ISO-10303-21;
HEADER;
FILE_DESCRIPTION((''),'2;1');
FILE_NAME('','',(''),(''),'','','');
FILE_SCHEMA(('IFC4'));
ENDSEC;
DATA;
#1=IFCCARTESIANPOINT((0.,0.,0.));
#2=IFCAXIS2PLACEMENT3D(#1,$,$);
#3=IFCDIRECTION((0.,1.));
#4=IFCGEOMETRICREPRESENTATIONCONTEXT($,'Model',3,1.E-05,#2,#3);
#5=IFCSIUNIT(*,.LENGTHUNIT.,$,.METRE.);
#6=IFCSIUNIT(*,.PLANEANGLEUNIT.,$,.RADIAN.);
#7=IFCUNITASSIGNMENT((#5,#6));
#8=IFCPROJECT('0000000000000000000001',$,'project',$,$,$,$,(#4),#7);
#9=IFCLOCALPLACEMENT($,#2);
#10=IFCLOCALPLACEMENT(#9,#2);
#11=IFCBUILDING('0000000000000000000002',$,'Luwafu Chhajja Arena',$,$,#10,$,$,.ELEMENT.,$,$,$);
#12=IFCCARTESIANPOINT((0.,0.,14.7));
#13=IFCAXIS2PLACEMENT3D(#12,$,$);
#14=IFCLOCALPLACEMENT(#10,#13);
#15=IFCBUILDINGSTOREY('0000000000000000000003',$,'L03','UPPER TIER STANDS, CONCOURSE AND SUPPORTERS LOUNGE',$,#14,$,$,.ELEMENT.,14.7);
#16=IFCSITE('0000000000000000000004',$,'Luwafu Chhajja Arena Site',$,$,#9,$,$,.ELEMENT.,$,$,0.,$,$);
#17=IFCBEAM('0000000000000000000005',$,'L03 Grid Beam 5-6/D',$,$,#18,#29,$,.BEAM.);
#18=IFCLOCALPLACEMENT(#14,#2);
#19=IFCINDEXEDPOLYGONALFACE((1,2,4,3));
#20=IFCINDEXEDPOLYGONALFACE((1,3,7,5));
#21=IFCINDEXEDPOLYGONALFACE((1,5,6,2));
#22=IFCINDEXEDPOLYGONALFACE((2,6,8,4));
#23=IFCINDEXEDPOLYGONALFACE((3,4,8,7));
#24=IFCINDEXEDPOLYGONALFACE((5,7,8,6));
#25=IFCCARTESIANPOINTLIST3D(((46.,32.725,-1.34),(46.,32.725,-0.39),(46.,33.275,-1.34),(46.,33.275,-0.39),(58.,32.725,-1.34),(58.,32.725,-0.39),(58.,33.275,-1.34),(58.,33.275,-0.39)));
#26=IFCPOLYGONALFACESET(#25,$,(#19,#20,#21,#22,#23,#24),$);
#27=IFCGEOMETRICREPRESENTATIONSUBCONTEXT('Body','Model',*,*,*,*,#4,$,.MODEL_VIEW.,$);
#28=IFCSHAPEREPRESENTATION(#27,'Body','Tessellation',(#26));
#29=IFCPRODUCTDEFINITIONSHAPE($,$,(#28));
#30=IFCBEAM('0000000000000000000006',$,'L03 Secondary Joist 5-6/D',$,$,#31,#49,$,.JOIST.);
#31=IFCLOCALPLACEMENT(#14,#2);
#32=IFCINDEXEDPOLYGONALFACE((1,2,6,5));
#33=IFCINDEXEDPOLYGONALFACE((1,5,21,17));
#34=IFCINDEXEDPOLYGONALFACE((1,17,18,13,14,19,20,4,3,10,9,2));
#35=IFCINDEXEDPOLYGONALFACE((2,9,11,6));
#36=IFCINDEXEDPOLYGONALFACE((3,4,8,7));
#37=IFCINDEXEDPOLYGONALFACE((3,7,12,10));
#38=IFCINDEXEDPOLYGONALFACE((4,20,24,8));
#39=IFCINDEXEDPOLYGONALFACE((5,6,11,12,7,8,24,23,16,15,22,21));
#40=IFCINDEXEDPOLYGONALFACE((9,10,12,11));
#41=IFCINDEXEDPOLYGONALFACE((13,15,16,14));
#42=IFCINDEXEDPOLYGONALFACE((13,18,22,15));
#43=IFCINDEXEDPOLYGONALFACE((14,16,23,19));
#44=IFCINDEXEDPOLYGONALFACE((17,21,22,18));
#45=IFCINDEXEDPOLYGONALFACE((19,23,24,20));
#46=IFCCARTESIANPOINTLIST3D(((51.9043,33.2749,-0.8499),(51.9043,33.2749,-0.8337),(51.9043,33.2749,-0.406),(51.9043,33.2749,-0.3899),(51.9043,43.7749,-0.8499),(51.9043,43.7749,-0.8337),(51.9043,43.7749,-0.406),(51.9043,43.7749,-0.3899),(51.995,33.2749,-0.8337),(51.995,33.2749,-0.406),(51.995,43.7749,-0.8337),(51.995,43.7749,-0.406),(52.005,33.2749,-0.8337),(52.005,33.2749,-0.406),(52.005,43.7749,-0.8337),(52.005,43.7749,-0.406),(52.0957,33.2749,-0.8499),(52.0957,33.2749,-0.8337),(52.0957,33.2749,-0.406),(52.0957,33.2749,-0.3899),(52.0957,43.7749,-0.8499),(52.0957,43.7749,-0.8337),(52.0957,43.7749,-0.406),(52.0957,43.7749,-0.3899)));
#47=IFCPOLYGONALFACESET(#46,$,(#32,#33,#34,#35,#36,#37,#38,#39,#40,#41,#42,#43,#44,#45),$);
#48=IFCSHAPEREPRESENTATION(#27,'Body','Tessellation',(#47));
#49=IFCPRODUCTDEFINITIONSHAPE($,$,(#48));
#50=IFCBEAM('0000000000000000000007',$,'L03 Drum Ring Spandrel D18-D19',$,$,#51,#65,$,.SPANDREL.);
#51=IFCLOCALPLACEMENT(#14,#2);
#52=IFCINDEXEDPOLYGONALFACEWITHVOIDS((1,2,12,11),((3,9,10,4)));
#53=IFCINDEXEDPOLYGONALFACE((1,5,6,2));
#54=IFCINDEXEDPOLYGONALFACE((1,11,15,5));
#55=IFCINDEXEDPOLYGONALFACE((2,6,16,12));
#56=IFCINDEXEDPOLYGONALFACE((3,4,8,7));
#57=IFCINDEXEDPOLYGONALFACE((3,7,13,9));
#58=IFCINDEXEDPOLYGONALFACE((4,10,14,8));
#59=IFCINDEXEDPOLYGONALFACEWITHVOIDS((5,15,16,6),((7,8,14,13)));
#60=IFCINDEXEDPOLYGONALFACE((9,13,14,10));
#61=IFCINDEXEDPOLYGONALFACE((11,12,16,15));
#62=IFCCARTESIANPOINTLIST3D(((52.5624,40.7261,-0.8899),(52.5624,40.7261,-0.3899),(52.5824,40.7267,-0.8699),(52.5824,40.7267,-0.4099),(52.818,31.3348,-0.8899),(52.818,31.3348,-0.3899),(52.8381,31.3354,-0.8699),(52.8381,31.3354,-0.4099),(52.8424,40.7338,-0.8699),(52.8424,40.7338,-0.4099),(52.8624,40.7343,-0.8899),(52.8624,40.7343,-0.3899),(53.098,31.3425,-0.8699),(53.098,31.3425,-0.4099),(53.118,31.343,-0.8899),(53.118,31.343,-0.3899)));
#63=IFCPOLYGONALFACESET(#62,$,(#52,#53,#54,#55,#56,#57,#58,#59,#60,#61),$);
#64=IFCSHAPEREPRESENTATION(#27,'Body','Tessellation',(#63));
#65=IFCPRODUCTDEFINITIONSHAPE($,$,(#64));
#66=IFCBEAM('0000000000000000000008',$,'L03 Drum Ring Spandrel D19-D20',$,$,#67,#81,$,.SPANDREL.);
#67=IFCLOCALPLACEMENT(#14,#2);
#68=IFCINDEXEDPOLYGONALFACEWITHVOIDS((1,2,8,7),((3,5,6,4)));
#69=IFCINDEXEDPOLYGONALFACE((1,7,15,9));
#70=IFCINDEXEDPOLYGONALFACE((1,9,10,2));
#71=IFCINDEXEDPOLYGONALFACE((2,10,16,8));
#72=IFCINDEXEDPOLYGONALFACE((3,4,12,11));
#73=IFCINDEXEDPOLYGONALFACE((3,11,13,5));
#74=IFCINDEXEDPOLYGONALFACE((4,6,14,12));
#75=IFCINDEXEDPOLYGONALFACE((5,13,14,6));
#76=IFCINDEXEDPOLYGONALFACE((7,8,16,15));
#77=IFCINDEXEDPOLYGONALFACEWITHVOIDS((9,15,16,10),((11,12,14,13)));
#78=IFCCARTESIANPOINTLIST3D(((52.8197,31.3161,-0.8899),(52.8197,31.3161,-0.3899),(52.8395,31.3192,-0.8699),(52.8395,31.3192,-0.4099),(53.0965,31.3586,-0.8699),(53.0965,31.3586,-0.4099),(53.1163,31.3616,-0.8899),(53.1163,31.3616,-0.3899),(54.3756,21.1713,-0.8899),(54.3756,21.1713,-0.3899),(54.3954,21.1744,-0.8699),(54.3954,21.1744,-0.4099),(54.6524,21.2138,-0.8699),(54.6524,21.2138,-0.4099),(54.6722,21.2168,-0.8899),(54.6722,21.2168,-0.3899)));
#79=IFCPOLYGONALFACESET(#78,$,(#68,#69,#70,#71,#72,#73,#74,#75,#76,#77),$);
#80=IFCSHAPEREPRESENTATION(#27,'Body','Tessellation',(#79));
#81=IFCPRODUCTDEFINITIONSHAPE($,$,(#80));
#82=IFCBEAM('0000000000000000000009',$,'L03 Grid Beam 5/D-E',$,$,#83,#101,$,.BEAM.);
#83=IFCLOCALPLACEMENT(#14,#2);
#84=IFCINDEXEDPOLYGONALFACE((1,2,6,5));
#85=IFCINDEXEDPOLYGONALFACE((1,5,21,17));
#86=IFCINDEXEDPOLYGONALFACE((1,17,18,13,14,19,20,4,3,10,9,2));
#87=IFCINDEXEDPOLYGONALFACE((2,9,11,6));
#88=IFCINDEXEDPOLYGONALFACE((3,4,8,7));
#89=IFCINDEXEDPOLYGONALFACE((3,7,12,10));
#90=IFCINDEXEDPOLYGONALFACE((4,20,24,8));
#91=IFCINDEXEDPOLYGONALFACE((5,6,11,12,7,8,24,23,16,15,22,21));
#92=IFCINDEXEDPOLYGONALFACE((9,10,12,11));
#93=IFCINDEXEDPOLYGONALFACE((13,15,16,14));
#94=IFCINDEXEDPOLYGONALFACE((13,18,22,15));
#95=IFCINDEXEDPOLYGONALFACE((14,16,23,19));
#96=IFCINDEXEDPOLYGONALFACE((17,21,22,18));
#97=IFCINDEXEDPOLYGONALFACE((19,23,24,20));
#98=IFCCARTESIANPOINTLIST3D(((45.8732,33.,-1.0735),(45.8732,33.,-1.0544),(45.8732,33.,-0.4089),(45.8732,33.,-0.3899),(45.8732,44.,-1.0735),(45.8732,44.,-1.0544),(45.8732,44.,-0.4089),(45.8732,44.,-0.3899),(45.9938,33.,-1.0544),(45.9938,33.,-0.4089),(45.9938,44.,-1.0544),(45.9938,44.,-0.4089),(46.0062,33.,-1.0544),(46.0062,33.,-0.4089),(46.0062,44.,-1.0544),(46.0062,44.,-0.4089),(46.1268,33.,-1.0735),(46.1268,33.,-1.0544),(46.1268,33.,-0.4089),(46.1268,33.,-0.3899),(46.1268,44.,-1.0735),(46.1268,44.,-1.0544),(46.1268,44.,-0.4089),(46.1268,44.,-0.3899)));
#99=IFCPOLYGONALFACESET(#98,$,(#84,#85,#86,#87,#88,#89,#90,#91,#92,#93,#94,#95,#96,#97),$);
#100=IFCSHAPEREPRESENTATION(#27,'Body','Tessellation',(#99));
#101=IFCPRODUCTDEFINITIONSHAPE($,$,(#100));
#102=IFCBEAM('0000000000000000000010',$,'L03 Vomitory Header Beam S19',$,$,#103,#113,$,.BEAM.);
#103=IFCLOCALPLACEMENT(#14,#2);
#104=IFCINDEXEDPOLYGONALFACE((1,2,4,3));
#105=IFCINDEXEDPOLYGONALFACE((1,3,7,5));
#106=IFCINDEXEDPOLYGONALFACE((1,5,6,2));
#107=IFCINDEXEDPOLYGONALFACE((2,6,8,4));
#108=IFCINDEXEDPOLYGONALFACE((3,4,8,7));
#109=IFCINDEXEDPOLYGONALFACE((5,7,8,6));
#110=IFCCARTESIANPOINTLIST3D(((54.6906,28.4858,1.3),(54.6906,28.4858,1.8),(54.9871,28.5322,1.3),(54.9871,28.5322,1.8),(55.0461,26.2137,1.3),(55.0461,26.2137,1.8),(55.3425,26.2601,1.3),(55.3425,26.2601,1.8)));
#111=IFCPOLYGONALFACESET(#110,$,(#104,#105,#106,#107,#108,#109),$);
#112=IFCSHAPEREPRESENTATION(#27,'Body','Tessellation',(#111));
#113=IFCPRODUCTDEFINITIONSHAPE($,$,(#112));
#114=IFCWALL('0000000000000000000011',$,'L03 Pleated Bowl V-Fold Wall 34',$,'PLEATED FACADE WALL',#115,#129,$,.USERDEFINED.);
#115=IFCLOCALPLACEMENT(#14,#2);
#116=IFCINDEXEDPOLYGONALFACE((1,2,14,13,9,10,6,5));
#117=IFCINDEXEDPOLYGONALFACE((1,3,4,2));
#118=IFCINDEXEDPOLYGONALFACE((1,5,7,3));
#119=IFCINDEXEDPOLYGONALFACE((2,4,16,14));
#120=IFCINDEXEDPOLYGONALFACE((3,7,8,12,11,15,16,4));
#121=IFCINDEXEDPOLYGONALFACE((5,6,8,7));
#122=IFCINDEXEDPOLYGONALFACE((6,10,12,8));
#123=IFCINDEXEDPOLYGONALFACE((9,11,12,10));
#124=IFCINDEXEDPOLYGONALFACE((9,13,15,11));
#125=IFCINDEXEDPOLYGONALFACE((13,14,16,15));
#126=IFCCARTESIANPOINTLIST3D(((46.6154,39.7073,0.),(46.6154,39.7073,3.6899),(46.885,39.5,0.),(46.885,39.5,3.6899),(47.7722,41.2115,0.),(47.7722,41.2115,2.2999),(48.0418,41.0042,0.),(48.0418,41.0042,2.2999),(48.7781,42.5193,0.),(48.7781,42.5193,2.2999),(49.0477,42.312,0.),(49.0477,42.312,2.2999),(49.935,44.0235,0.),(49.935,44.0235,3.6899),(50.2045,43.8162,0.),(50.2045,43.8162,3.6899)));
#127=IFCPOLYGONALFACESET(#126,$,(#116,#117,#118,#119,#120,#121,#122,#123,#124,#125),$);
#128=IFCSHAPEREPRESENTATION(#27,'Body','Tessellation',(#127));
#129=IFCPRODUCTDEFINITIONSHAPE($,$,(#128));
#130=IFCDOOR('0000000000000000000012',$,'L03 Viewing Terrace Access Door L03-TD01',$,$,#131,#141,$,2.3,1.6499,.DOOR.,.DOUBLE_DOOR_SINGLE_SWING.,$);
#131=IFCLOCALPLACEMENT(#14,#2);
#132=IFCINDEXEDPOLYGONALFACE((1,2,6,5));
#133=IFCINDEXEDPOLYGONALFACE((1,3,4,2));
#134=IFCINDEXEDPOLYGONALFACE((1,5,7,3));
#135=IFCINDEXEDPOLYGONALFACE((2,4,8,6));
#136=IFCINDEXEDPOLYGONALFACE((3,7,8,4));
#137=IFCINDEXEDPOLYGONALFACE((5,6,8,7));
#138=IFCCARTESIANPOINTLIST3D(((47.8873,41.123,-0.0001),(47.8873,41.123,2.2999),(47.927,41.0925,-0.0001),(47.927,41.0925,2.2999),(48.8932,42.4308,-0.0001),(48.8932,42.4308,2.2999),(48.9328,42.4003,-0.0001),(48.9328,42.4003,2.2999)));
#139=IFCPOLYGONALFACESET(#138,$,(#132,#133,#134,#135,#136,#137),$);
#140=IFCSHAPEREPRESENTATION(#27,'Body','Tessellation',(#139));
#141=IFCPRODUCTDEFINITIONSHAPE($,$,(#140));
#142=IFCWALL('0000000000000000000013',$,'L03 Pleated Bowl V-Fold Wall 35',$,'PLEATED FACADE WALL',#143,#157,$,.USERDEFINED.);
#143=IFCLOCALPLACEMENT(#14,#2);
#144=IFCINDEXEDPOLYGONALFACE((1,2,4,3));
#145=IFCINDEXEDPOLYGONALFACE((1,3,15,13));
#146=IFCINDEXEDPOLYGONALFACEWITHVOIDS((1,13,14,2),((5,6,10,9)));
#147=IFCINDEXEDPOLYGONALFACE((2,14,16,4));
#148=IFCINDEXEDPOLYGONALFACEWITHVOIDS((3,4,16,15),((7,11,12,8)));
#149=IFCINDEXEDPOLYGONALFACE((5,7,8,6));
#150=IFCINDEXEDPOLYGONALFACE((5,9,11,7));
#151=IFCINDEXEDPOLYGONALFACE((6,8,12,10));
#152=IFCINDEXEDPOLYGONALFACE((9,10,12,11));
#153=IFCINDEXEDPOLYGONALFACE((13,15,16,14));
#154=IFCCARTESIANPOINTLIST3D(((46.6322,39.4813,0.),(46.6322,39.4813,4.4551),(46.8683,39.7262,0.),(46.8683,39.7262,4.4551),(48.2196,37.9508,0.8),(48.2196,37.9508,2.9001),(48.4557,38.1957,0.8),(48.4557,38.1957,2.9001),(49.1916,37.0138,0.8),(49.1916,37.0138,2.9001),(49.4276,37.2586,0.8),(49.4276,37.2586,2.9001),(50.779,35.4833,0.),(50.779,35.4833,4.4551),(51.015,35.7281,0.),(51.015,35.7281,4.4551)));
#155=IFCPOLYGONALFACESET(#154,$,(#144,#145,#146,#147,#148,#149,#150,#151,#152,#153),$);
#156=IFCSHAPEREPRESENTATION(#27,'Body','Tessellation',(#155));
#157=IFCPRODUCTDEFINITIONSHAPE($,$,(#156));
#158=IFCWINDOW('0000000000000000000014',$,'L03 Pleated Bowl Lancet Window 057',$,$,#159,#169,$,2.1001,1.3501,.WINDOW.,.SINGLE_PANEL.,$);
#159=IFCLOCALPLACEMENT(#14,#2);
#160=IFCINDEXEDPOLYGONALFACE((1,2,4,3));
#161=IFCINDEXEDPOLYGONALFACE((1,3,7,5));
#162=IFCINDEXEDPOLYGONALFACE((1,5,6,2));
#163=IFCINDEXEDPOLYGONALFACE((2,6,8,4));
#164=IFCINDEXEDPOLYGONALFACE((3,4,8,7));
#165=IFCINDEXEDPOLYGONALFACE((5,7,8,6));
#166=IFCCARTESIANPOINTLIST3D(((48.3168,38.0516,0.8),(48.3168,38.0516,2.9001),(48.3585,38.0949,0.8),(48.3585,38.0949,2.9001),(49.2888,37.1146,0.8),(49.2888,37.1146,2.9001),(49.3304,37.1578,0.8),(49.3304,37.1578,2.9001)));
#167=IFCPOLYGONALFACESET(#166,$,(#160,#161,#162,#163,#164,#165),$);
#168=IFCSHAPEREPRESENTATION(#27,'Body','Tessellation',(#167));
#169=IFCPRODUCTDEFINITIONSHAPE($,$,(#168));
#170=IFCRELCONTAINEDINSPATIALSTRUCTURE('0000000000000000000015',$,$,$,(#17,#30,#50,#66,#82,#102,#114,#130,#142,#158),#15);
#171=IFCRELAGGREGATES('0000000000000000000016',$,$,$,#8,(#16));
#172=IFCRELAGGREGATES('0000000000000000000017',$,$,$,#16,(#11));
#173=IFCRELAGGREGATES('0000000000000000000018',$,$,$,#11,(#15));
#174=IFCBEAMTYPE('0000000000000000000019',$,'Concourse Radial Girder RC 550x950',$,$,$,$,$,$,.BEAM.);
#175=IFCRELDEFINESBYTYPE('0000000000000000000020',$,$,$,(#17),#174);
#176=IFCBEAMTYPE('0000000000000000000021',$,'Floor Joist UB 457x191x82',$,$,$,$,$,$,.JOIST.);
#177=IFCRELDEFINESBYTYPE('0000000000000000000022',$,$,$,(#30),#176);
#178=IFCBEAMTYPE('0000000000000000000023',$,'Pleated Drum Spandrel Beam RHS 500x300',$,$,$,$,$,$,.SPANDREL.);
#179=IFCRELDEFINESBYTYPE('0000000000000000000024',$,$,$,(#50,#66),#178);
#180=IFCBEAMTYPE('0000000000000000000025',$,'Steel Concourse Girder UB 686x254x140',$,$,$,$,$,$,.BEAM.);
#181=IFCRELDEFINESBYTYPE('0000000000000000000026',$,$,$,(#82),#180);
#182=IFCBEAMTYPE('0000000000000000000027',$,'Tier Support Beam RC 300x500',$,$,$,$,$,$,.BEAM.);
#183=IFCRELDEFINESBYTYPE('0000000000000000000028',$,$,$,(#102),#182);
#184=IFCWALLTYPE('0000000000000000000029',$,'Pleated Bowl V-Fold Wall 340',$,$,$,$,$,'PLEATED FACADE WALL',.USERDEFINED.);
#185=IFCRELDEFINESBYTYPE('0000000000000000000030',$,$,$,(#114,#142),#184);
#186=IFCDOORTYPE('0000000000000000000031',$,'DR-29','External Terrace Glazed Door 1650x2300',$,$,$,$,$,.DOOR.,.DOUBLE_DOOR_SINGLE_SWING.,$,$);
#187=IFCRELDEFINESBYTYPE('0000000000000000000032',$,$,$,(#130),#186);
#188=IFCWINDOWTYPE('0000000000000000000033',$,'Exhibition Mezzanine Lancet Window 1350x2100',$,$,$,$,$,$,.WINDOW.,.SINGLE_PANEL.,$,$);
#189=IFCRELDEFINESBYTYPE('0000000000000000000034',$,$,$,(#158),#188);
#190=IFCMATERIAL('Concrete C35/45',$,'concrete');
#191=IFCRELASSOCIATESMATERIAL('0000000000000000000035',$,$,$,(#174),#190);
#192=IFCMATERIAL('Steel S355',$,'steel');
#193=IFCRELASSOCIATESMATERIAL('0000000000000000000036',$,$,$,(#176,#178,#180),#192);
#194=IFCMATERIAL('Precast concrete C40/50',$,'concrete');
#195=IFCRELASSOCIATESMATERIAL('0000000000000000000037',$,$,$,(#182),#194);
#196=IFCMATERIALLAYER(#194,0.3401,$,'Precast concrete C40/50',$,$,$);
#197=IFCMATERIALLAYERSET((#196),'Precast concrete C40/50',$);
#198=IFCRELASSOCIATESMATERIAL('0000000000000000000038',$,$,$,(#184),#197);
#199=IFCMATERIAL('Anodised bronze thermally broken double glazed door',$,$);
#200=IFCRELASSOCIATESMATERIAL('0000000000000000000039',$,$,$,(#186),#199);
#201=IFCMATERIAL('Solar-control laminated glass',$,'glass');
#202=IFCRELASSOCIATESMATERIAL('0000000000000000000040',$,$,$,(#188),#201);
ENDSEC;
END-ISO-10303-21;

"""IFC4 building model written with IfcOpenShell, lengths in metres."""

from ifc_helpers import new_model, si_unit, direction, frame, frame_2d, origin, origin_2d, place, context, subcontext, project, spatial, rectangle, hollow_rectangle, i_section, extrude, material, layer, layer_set, material_profile, profile_set, type_object, element, fill, save


model = new_model("IFC4")

# Units and contexts
model_context = context("Model", 3, precision=1e-05, world=origin(), true_north=direction((0.0, 1.0)))
body_context = subcontext(model_context, "Body", "Model", "MODEL_VIEW")
ifc_project = project(units=[si_unit("LENGTHUNIT", "METRE"), si_unit("PLANEANGLEUNIT", "RADIAN")], contexts=[model_context])

# Site, building, storey
site_placement = place(None, origin())
site = spatial("IfcSite", under=ifc_project, at=site_placement, Name="Luwafu Chhajja Arena Site", CompositionType="ELEMENT", RefElevation=0.0)
building_placement = place(site_placement, origin())
building = spatial("IfcBuilding", under=site, at=building_placement, Name="Luwafu Chhajja Arena", CompositionType="ELEMENT")
storey_placement = place(building_placement, frame((0.0, 0.0, 14.7)))
storey = spatial("IfcBuildingStorey", under=building, at=storey_placement, Name="L03", Description="UPPER TIER STANDS, CONCOURSE AND SUPPORTERS LOUNGE", CompositionType="ELEMENT", Elevation=14.7)

# Shared definitions
ifc_material_1 = material(Name="Concrete C35/45", Category="concrete")
ifc_material_2 = material(Name="Steel S355", Category="steel")

# Beams
ifc_material_profile_1 = material_profile(ifc_material_1, rectangle(XDim=0.55, YDim=0.95, at=origin_2d()), Name="RC 550x950")
ifc_profile_set_1 = profile_set([ifc_material_profile_1], Name="Concrete C35/45")
beam_type_1 = type_object("IfcBeamType", Name="Concourse Radial Girder RC 550x950", PredefinedType="BEAM", material=ifc_profile_set_1)
beam_1_placement = place(storey_placement, frame((46.0, 33.0, -0.865), z_axis=(1.0, 0.0, 0.0), x_axis=(0.0, 1.0, 0.0)))
element("IfcBeam", 1, at=beam_1_placement, inside=storey, type_object=beam_type_1, Name="L03 Grid Beam 5-6/D", PredefinedType="BEAM", context=body_context, shape_type="SweptSolid", body=[
    extrude(rectangle(XDim=0.55, YDim=0.95, at=origin_2d()), origin(), (0.0, 0.0, 1.0), 12.0),
])
ifc_material_profile_2 = material_profile(ifc_material_2, i_section(OverallWidth=0.1914, OverallDepth=0.46, WebThickness=0.01, FlangeThickness=0.0161, at=origin_2d()), Name="UB 457x191x82")
ifc_profile_set_2 = profile_set([ifc_material_profile_2], Name="Steel S355")
beam_type_2 = type_object("IfcBeamType", Name="Floor Joist UB 457x191x82", PredefinedType="JOIST", material=ifc_profile_set_2)
beam_2_placement = place(storey_placement, frame((52.0, 33.2749, -0.6199), z_axis=(0.0, 1.0, 0.0), x_axis=(-1.0, 0.0, 0.0)))
element("IfcBeam", 2, at=beam_2_placement, inside=storey, type_object=beam_type_2, Name="L03 Secondary Joist 5-6/D", PredefinedType="JOIST", context=body_context, shape_type="SweptSolid", body=[
    extrude(i_section(OverallWidth=0.1914, OverallDepth=0.46, WebThickness=0.01, FlangeThickness=0.0161, at=origin_2d()), origin(), (0.0, 0.0, 1.0), 10.5),
])
ifc_material_profile_3 = material_profile(ifc_material_2, hollow_rectangle(XDim=0.3, YDim=0.5, WallThickness=0.02, at=origin_2d()), Name="RHS 500x300x20")
ifc_profile_set_3 = profile_set([ifc_material_profile_3], Name="Steel S355")
beam_type_3 = type_object("IfcBeamType", Name="Pleated Drum Spandrel Beam RHS 500x300", PredefinedType="SPANDREL", material=ifc_profile_set_3)
beam_3_placement = place(storey_placement, frame((52.7124, 40.7302, -0.6399), z_axis=(0.027208, -0.99963, 0.0), x_axis=(0.99963, 0.027208, 0.0)))
element("IfcBeam", 3, at=beam_3_placement, inside=storey, type_object=beam_type_3, Name="L03 Drum Ring Spandrel D18-D19", PredefinedType="SPANDREL", context=body_context, shape_type="SweptSolid", body=[
    extrude(hollow_rectangle(XDim=0.3, YDim=0.5, WallThickness=0.02, at=origin_2d()), origin(), (0.0, 0.0, 1.0), 9.3948),
])
beam_4_placement = place(storey_placement, frame((52.968, 31.3389, -0.6399), z_axis=(0.151598, -0.988442, 0.0), x_axis=(0.988442, 0.151598, 0.0)))
element("IfcBeam", 4, at=beam_4_placement, inside=storey, type_object=beam_type_3, Name="L03 Drum Ring Spandrel D19-D20", PredefinedType="SPANDREL", context=body_context, shape_type="SweptSolid", body=[
    extrude(hollow_rectangle(XDim=0.3, YDim=0.5, WallThickness=0.02, at=origin_2d()), origin(), (0.0, 0.0, 1.0), 10.2634),
])
ifc_material_profile_4 = material_profile(ifc_material_2, i_section(OverallWidth=0.2537, OverallDepth=0.6836, WebThickness=0.0125, FlangeThickness=0.019, at=origin_2d()), Name="UB 686x254x140")
ifc_profile_set_4 = profile_set([ifc_material_profile_4], Name="Steel S355")
beam_type_4 = type_object("IfcBeamType", Name="Steel Concourse Girder UB 686x254x140", PredefinedType="BEAM", material=ifc_profile_set_4)
beam_5_placement = place(storey_placement, frame((46.0, 33.0, -0.7317), z_axis=(0.0, 1.0, 0.0), x_axis=(-1.0, 0.0, 0.0)))
element("IfcBeam", 5, at=beam_5_placement, inside=storey, type_object=beam_type_4, Name="L03 Grid Beam 5/D-E", PredefinedType="BEAM", context=body_context, shape_type="SweptSolid", body=[
    extrude(i_section(OverallWidth=0.2537, OverallDepth=0.6836, WebThickness=0.0125, FlangeThickness=0.019, at=origin_2d()), origin(), (0.0, 0.0, 1.0), 11.0),
])
ifc_material_3 = material(Name="Precast concrete C40/50", Category="concrete")
ifc_material_profile_5 = material_profile(ifc_material_3, rectangle(XDim=0.3, YDim=0.5, at=origin_2d()), Name="RC 300x500")
ifc_profile_set_5 = profile_set([ifc_material_profile_5], Name="Precast concrete C40/50")
beam_type_5 = type_object("IfcBeamType", Name="Tier Support Beam RC 300x500", PredefinedType="BEAM", material=ifc_profile_set_5)
beam_6_placement = place(storey_placement, frame((54.8389, 28.509, 1.55), z_axis=(0.154561, -0.987983, 0.0), x_axis=(0.987983, 0.154561, 0.0)))
element("IfcBeam", 6, at=beam_6_placement, inside=storey, type_object=beam_type_5, Name="L03 Vomitory Header Beam S19", PredefinedType="BEAM", context=body_context, shape_type="SweptSolid", body=[
    extrude(rectangle(XDim=0.3, YDim=0.5, at=origin_2d()), origin(), (0.0, 0.0, 1.0), 2.2998),
])

# Wall, opening, door
ifc_layer_1 = layer(ifc_material_3, 0.3401, Name="Precast concrete C40/50")
ifc_layer_set_1 = layer_set([ifc_layer_1], Name="Precast concrete C40/50")
wall_type = type_object("IfcWallType", Name="Pleated Bowl V-Fold Wall 340", ElementType="PLEATED FACADE WALL", PredefinedType="USERDEFINED", material=ifc_layer_set_1)
wall_1_placement = place(storey_placement, frame((50.0698, 43.9199, 0.0), z_axis=(0.0, 0.0, 1.0), x_axis=(-0.609648, -0.792672, 0.0)))
wall_1 = element("IfcWall", 7, at=wall_1_placement, inside=storey, type_object=wall_type, Name="L03 Pleated Bowl V-Fold Wall 34", ObjectType="PLEATED FACADE WALL", PredefinedType="USERDEFINED", context=body_context, shape_type="SweptSolid", body=[
    extrude(rectangle(XDim=5.4451, YDim=0.3401, at=frame_2d((2.7227, 0.0))), origin(), (0.0, 0.0, 1.0), 3.6899),
])
opening_1_placement = place(wall_1_placement, frame((1.8977, 0.0, 0.0)))
opening_1 = element("IfcOpeningElement", 8, at=opening_1_placement, cuts=wall_1, PredefinedType="OPENING", context=body_context, shape_type="SweptSolid", body=[
    extrude(rectangle(XDim=1.6499, YDim=2.3, at=frame_2d((0.825, 1.1499))), frame((0.0, 0.1799, 0.0), z_axis=(0.0, -1.0, 0.0), x_axis=(1.0, 0.0, 0.0)), (0.0, 0.0, 1.0), 0.3601),
])
ifc_material_4 = material(Name="Anodised bronze thermally broken double glazed door")
door_type = type_object("IfcDoorType", Name="DR-29", Description="External Terrace Glazed Door 1650x2300", OperationType="DOUBLE_DOOR_SINGLE_SWING", PredefinedType="DOOR", material=ifc_material_4)
door_placement = place(opening_1_placement, frame((1.6499, 0.0, 0.0), z_axis=(0.0, 0.0, 1.0), x_axis=(-1.0, 0.0, 0.0)))
door = element("IfcDoor", 9, at=door_placement, inside=storey, type_object=door_type, Name="L03 Viewing Terrace Access Door L03-TD01", OperationType="DOUBLE_DOOR_SINGLE_SWING", OverallHeight=2.3, OverallWidth=1.6499, PredefinedType="DOOR", context=body_context, shape_type="SweptSolid", body=[
    extrude(rectangle(XDim=1.6499, YDim=2.3, at=frame_2d((0.825, 1.1499))), frame((0.0, 0.0249, 0.0), z_axis=(0.0, -1.0, 0.0), x_axis=(1.0, 0.0, 0.0)), (0.0, 0.0, 1.0), 0.05),
])
fill(opening_1, door)

# Wall, opening, window
wall_2_placement = place(storey_placement, frame((46.7502, 39.6038, 0.0), z_axis=(0.0, 0.0, 1.0), x_axis=(0.719895, -0.694083, 0.0)))
wall_2 = element("IfcWall", 10, at=wall_2_placement, inside=storey, type_object=wall_type, Name="L03 Pleated Bowl V-Fold Wall 35", ObjectType="PLEATED FACADE WALL", PredefinedType="USERDEFINED", context=body_context, shape_type="SweptSolid", body=[
    extrude(rectangle(XDim=5.7603, YDim=0.3401, at=frame_2d((2.8801, 0.0))), origin(), (0.0, 0.0, 1.0), 4.4551),
])
opening_2_placement = place(wall_2_placement, frame((2.2051, 0.0, 0.8)))
opening_2 = element("IfcOpeningElement", 11, at=opening_2_placement, cuts=wall_2, PredefinedType="OPENING", context=body_context, shape_type="SweptSolid", body=[
    extrude(rectangle(XDim=1.3501, YDim=2.1001, at=frame_2d((0.675, 1.05))), frame((0.0, 0.1799, 0.0), z_axis=(0.0, -1.0, 0.0), x_axis=(1.0, 0.0, 0.0)), (0.0, 0.0, 1.0), 0.3601),
])
ifc_material_5 = material(Name="Solar-control laminated glass", Category="glass")
window_type = type_object("IfcWindowType", Name="Exhibition Mezzanine Lancet Window 1350x2100", PartitioningType="SINGLE_PANEL", PredefinedType="WINDOW", material=ifc_material_5)
window_placement = place(opening_2_placement, origin())
window = element("IfcWindow", 12, at=window_placement, inside=storey, type_object=window_type, Name="L03 Pleated Bowl Lancet Window 057", OverallHeight=2.1001, OverallWidth=1.3501, PartitioningType="SINGLE_PANEL", PredefinedType="WINDOW", context=body_context, shape_type="SweptSolid", body=[
    extrude(rectangle(XDim=1.3501, YDim=2.1001, at=frame_2d((0.675, 1.05))), frame((0.0, 0.03, 0.0), z_axis=(0.0, -1.0, 0.0), x_axis=(1.0, 0.0, 0.0)), (0.0, 0.0, 1.0), 0.0601),
])
fill(opening_2, window)

save(model, "model.ifc")
